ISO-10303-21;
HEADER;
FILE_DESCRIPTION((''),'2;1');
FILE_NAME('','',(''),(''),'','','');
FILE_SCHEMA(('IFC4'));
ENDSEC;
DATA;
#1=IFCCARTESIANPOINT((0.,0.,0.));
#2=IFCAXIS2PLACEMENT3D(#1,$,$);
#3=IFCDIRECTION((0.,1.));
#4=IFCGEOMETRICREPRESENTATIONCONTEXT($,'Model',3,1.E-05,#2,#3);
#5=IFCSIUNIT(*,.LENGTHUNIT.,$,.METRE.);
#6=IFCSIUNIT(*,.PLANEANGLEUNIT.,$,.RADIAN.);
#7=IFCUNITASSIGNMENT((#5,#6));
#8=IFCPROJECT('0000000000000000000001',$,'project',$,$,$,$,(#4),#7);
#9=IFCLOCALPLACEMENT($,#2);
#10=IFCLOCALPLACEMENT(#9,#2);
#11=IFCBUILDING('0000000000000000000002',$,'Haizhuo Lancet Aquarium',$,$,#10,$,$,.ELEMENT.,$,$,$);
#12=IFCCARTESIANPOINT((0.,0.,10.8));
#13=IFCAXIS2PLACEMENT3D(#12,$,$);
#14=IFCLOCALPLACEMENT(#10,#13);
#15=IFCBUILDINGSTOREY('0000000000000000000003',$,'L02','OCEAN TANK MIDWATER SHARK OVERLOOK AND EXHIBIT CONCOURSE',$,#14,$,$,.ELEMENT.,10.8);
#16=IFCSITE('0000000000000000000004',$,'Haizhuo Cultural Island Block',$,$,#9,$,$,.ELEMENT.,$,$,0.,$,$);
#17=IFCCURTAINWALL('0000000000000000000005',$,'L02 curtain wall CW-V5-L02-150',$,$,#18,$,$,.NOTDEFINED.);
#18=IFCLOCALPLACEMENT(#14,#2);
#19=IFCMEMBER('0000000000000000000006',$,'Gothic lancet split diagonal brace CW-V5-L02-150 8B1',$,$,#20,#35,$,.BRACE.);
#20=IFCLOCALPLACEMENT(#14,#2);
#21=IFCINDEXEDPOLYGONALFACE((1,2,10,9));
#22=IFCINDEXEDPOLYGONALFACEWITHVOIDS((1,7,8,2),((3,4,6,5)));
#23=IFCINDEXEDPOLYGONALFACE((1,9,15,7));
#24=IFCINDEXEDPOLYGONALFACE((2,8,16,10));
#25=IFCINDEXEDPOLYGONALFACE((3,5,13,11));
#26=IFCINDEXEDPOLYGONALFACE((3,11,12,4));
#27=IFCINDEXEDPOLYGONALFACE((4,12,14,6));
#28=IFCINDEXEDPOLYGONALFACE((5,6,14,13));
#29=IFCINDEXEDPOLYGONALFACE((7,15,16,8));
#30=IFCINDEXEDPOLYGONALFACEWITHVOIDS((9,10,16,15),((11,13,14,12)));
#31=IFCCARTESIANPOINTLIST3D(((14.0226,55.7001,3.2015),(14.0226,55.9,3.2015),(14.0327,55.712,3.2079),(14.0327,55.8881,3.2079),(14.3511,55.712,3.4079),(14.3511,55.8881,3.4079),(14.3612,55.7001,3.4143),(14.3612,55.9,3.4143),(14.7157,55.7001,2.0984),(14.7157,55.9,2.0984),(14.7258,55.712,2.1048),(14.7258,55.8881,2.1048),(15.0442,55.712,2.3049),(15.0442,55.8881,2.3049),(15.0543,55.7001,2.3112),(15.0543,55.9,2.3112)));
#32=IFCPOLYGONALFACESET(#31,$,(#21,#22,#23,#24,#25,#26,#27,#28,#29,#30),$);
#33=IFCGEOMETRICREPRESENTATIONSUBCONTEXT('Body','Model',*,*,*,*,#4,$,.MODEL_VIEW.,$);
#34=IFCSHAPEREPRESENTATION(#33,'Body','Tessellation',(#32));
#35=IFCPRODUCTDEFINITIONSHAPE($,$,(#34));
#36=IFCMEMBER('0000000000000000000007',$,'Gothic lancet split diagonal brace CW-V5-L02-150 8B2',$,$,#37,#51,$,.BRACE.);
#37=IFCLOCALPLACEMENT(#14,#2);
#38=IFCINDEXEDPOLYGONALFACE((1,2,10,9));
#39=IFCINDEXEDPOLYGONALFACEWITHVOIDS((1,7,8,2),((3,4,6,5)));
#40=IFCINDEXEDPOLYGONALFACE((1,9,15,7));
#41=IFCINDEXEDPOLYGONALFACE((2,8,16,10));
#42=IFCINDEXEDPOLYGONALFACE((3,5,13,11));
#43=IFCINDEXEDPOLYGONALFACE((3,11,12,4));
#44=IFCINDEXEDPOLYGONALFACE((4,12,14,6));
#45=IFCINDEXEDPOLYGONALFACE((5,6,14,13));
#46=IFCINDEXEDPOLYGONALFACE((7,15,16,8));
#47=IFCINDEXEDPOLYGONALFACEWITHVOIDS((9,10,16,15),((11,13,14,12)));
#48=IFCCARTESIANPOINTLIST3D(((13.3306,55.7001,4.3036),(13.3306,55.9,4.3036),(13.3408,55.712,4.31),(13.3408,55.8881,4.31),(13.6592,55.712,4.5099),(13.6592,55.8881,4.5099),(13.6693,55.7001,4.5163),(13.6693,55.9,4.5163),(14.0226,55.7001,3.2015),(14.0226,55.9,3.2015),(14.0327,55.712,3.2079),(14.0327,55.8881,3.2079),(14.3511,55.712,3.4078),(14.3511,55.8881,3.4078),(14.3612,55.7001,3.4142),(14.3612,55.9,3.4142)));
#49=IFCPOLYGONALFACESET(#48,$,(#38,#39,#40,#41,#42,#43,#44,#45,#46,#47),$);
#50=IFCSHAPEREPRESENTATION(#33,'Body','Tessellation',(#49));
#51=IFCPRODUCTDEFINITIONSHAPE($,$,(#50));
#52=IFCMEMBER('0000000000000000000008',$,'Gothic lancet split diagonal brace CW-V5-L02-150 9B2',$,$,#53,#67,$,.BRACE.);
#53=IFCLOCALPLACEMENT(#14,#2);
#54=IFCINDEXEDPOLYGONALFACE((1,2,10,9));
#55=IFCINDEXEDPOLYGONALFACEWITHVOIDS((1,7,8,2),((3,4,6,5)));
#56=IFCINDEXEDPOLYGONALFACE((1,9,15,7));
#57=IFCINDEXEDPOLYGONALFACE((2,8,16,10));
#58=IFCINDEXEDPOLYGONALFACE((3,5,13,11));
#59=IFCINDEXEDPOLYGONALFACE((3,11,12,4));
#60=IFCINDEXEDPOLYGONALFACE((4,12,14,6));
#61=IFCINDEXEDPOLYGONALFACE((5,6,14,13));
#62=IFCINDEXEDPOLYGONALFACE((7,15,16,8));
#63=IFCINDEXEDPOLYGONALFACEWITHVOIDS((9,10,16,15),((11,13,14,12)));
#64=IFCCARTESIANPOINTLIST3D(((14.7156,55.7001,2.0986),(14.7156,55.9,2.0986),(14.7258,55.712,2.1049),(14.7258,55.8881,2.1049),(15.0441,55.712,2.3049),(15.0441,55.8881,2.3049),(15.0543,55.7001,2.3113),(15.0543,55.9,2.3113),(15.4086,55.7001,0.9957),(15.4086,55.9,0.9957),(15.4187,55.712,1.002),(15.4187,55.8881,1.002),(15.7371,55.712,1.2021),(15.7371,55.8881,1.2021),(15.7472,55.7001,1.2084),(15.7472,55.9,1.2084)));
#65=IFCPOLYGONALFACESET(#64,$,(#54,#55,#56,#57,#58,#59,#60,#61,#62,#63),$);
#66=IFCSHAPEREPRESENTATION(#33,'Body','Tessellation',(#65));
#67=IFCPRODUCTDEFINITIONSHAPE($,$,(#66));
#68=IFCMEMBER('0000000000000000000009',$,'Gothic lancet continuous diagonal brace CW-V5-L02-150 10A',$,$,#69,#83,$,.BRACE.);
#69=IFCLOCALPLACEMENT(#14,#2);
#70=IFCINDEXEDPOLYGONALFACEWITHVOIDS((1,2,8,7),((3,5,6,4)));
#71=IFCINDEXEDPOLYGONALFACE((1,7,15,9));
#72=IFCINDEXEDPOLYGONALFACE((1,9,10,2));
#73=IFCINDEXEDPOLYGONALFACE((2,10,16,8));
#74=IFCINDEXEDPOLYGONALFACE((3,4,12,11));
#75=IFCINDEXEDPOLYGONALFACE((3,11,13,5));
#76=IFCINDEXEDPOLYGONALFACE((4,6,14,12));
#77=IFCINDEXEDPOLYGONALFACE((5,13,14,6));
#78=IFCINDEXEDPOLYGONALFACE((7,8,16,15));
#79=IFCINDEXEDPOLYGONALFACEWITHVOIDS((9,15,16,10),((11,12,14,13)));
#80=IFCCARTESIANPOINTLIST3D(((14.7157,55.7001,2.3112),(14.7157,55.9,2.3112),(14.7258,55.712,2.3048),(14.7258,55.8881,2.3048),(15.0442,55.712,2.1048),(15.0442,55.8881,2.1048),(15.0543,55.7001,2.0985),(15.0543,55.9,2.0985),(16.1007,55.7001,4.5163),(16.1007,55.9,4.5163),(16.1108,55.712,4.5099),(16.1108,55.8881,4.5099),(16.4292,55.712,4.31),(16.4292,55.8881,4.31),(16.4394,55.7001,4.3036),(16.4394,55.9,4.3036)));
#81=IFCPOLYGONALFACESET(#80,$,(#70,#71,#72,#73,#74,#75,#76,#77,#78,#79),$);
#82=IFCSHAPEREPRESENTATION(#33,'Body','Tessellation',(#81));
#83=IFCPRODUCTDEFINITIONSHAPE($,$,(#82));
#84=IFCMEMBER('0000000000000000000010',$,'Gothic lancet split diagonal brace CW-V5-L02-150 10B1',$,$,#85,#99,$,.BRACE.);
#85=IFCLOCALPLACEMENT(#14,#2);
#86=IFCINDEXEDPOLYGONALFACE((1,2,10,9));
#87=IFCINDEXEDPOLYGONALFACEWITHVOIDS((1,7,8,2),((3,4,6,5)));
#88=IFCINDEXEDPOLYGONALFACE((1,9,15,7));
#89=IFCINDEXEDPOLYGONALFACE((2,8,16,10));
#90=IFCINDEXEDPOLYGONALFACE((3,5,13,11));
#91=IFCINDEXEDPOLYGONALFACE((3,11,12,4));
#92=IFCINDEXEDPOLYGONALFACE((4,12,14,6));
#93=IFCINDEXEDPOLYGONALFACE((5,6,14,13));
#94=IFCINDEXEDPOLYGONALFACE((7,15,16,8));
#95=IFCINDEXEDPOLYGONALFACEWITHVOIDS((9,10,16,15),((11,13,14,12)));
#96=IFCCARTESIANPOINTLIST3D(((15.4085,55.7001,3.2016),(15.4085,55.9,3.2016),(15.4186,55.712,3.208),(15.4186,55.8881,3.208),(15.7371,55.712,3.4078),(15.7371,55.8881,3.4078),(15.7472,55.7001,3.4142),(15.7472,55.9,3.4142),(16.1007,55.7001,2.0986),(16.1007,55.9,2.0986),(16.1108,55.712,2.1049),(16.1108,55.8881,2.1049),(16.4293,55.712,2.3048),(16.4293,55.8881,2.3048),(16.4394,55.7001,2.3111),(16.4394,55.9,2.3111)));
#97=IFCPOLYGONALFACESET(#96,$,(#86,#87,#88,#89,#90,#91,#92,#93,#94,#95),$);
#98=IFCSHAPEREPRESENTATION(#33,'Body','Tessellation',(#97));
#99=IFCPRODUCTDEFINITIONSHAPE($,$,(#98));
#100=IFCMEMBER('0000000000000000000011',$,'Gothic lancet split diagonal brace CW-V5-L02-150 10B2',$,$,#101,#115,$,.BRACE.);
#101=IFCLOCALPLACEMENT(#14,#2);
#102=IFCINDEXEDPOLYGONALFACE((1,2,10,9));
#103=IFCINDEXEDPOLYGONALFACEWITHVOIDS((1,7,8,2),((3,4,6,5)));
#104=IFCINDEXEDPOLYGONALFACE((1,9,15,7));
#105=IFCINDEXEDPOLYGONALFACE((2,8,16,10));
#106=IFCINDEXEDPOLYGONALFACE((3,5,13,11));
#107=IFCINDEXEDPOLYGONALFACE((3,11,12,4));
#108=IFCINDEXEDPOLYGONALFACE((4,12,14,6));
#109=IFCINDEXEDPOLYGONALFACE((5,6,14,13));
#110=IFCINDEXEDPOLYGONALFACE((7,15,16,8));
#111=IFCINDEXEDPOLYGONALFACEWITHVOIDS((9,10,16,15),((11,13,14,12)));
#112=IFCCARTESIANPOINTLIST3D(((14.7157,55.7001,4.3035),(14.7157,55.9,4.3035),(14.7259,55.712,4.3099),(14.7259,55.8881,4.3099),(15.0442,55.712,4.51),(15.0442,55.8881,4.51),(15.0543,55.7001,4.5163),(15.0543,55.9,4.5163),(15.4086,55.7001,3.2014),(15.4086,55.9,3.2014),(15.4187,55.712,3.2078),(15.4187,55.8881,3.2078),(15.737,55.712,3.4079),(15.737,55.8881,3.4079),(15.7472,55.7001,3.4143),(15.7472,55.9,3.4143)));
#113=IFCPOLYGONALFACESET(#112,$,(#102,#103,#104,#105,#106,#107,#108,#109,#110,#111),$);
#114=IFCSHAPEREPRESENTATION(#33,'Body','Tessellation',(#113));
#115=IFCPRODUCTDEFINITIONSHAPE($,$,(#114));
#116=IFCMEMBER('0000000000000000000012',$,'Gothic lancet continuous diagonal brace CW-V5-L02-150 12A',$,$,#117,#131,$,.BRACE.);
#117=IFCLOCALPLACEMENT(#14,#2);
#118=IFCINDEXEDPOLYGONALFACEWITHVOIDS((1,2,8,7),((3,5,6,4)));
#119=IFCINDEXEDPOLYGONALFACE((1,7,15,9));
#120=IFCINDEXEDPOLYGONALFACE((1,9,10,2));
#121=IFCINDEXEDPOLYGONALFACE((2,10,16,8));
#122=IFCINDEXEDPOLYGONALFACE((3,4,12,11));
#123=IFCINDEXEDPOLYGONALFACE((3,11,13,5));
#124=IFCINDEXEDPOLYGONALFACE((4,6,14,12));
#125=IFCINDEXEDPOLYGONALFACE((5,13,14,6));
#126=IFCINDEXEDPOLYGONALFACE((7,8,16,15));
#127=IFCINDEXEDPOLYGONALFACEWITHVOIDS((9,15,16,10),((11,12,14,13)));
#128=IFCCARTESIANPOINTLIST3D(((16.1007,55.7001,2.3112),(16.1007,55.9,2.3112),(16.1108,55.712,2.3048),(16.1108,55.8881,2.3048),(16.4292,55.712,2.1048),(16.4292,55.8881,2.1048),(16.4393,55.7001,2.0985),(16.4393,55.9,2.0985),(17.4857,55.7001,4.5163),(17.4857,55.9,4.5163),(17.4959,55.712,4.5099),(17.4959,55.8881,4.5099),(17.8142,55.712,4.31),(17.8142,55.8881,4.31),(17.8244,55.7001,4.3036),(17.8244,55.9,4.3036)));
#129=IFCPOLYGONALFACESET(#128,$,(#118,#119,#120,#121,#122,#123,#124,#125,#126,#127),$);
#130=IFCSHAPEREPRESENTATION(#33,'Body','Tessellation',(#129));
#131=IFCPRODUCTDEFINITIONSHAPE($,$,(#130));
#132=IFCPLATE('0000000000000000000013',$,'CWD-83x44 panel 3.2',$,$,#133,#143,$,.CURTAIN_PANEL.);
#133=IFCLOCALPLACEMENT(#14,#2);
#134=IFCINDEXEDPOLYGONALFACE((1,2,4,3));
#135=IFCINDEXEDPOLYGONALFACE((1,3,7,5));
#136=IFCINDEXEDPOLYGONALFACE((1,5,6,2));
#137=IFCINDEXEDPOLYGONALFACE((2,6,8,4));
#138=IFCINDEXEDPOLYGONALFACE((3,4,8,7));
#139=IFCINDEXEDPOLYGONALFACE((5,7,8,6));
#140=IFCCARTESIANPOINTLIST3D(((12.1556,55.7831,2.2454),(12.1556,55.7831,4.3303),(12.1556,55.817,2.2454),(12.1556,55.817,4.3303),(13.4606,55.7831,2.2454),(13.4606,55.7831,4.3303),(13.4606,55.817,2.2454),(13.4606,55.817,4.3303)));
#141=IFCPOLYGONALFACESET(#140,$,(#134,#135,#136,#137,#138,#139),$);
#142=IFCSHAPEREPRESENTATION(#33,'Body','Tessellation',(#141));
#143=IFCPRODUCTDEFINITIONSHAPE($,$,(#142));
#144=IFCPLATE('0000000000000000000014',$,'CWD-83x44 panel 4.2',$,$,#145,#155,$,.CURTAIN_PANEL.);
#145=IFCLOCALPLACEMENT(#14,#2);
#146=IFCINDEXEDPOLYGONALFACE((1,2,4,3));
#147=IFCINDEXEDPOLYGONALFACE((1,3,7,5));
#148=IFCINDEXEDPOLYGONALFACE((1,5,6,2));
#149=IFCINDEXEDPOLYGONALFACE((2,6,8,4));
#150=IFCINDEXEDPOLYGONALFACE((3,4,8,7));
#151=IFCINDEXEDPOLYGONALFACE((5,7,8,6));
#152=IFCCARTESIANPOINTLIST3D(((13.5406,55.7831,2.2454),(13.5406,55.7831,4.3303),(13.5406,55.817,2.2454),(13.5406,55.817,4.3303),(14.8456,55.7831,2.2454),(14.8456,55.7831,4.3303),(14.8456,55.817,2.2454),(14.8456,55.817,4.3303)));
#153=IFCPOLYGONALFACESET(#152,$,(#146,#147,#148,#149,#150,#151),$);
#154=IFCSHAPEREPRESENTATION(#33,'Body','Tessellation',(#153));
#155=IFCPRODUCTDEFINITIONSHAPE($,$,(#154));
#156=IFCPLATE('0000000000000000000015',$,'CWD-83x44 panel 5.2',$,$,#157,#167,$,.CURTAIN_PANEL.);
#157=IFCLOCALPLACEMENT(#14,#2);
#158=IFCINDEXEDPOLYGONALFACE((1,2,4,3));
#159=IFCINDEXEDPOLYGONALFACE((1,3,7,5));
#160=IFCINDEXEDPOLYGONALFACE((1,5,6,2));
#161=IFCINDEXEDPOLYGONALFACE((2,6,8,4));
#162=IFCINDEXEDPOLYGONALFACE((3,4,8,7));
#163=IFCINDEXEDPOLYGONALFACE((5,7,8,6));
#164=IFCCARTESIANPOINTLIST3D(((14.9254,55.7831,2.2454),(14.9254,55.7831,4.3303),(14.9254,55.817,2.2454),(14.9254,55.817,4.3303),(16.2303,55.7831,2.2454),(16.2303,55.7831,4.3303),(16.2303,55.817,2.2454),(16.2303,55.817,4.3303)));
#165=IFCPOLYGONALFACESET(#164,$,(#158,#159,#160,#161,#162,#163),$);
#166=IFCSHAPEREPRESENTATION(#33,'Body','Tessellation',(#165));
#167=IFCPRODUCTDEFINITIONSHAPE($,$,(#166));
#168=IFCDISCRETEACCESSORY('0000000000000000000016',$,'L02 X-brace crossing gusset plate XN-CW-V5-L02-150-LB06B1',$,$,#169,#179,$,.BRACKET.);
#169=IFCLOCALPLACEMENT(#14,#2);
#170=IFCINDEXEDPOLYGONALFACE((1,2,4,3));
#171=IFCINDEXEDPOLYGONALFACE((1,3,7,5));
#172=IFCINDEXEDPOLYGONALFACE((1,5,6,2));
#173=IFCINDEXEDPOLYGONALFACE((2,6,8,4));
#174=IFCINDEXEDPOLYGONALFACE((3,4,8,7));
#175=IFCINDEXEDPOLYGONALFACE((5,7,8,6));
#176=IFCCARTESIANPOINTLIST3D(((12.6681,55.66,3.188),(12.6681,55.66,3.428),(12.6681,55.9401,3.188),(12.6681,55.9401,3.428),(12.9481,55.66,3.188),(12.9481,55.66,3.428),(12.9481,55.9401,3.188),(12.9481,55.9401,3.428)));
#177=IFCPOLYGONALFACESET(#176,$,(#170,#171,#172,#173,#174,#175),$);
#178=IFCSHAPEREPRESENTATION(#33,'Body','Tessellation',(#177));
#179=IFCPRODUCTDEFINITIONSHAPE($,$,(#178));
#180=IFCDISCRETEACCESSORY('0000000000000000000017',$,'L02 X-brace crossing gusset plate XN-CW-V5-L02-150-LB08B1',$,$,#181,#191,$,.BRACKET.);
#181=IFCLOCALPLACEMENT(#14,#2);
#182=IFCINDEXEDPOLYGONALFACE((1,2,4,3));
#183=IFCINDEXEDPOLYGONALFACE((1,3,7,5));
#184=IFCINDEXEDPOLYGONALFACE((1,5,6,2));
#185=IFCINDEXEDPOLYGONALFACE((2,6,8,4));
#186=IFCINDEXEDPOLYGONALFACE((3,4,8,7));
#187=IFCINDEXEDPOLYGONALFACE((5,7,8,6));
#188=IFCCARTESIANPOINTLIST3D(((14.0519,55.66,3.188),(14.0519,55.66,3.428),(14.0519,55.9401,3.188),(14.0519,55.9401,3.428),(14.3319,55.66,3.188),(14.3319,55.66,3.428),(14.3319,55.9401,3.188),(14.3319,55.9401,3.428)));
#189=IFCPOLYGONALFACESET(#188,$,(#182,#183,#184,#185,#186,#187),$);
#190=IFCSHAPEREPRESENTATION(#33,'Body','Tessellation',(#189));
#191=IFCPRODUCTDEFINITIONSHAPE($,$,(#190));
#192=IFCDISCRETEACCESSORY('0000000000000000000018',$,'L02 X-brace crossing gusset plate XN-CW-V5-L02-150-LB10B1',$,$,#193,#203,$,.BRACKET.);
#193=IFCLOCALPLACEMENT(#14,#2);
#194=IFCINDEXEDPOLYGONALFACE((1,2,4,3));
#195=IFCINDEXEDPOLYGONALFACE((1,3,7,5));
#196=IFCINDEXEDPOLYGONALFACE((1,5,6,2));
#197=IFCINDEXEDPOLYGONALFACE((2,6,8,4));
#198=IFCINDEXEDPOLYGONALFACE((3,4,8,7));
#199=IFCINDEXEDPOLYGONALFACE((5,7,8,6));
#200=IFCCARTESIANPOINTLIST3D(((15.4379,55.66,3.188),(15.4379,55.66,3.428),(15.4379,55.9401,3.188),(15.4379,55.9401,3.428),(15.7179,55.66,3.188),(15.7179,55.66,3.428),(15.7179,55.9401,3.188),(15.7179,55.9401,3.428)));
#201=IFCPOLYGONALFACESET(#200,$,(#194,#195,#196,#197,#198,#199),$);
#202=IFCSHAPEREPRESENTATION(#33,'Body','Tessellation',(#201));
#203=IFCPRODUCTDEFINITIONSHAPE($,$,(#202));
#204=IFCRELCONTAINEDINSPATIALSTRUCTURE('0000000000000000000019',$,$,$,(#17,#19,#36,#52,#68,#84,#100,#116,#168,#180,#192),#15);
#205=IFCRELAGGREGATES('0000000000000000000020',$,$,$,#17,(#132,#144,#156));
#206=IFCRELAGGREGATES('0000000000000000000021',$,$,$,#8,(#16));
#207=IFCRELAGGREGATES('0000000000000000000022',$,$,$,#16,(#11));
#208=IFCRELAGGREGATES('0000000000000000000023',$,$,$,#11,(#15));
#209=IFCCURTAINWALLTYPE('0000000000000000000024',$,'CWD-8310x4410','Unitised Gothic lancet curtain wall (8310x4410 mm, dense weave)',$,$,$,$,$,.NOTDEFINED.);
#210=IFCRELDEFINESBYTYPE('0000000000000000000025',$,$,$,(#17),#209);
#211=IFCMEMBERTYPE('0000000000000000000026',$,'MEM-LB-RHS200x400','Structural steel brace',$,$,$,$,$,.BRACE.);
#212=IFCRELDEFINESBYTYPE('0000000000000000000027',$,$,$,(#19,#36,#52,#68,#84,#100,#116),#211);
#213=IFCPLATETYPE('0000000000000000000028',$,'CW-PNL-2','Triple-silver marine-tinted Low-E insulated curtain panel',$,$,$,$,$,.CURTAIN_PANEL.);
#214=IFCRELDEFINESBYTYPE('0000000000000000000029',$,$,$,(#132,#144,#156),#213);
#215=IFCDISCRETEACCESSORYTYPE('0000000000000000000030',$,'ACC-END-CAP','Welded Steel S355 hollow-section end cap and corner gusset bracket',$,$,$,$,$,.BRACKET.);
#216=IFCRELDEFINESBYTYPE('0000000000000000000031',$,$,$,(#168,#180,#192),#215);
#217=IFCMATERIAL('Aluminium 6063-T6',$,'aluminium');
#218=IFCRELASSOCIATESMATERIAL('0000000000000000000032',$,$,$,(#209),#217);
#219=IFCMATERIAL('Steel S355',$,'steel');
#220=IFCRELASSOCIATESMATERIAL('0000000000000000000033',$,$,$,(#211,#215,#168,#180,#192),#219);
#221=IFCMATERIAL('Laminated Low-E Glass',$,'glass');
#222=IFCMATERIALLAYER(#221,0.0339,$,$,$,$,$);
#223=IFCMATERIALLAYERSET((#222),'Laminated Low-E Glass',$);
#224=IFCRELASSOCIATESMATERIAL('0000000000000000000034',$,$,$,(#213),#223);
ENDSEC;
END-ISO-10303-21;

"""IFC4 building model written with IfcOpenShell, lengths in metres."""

from ifc_helpers import new_model, si_unit, direction, frame, origin, origin_2d, place, context, subcontext, project, spatial, rectangle, hollow_rectangle, extrude, material, layer, layer_set, material_profile, profile_set, type_object, element, aggregate, save


model = new_model("IFC4")

# Units and contexts
model_context = context("Model", 3, precision=1e-05, world=origin(), true_north=direction((0.0, 1.0)))
body_context = subcontext(model_context, "Body", "Model", "MODEL_VIEW")
ifc_project = project(units=[si_unit("LENGTHUNIT", "METRE"), si_unit("PLANEANGLEUNIT", "RADIAN")], contexts=[model_context])

# Site, building, storey
site_placement = place(None, origin())
site = spatial("IfcSite", under=ifc_project, at=site_placement, Name="Haizhuo Cultural Island Block", CompositionType="ELEMENT", RefElevation=0.0)
building_placement = place(site_placement, origin())
building = spatial("IfcBuilding", under=site, at=building_placement, Name="Haizhuo Lancet Aquarium", CompositionType="ELEMENT")
storey_placement = place(building_placement, frame((0.0, 0.0, 10.8)))
storey = spatial("IfcBuildingStorey", under=building, at=storey_placement, Name="L02", Description="OCEAN TANK MIDWATER SHARK OVERLOOK AND EXHIBIT CONCOURSE", CompositionType="ELEMENT", Elevation=10.8)

# Curtain wall
ifc_material_1 = material(Name="Aluminium 6063-T6", Category="aluminium")
curtain_wall_type = type_object("IfcCurtainWallType", Name="CWD-8310x4410", Description="Unitised Gothic lancet curtain wall (8310x4410 mm, dense weave)", PredefinedType="NOTDEFINED", material=ifc_material_1)
curtain_wall_placement = place(storey_placement, origin())
curtain_wall = element("IfcCurtainWall", 1, at=curtain_wall_placement, inside=storey, type_object=curtain_wall_type, Name="L02 curtain wall CW-V5-L02-150", PredefinedType="NOTDEFINED")

# Members
ifc_material_2 = material(Name="Steel S355", Category="steel")
ifc_material_profile_1 = material_profile(ifc_material_2, hollow_rectangle(XDim=0.2, YDim=0.3999, WallThickness=0.012, at=origin_2d()), Name="RHS 200x400x12")
ifc_profile_set_1 = profile_set([ifc_material_profile_1], Name="Steel S355")
member_type_1 = type_object("IfcMemberType", Name="MEM-LB-RHS200x400", Description="Structural steel brace", PredefinedType="BRACE", material=ifc_profile_set_1)
member_1_placement = place(storey_placement, frame((14.885, 55.8, 2.2048), z_axis=(-0.532053, 0.0, 0.846711), x_axis=(0.0, -1.0, 0.0)))
element("IfcMember", 2, at=member_1_placement, inside=storey, type_object=member_type_1, Name="Gothic lancet split diagonal brace CW-V5-L02-150 8B1", PredefinedType="BRACE", context=body_context, shape_type="SweptSolid", body=[
    extrude(hollow_rectangle(XDim=0.2, YDim=0.3999, WallThickness=0.012, at=origin_2d()), origin(), (0.0, 0.0, 1.0), 1.3027),
])
member_2_placement = place(storey_placement, frame((14.1919, 55.8, 3.3079), z_axis=(-0.531718, 0.0, 0.846921), x_axis=(0.0, -1.0, 0.0)))
element("IfcMember", 3, at=member_2_placement, inside=storey, type_object=member_type_1, Name="Gothic lancet split diagonal brace CW-V5-L02-150 8B2", PredefinedType="BRACE", context=body_context, shape_type="SweptSolid", body=[
    extrude(hollow_rectangle(XDim=0.2, YDim=0.3999, WallThickness=0.012, at=origin_2d()), origin(), (0.0, 0.0, 1.0), 1.3013),
])
member_3_placement = place(storey_placement, frame((15.5779, 55.8, 1.1021), z_axis=(-0.532003, 0.0, 0.846743), x_axis=(0.0, -1.0, 0.0)))
element("IfcMember", 4, at=member_3_placement, inside=storey, type_object=member_type_1, Name="Gothic lancet split diagonal brace CW-V5-L02-150 9B2", PredefinedType="BRACE", context=body_context, shape_type="SweptSolid", body=[
    extrude(hollow_rectangle(XDim=0.2, YDim=0.3999, WallThickness=0.012, at=origin_2d()), origin(), (0.0, 0.0, 1.0), 1.3025),
])
member_4_placement = place(storey_placement, frame((14.885, 55.8, 2.2048), z_axis=(0.531885, 0.0, 0.846816), x_axis=(0.0, 1.0, 0.0)))
element("IfcMember", 5, at=member_4_placement, inside=storey, type_object=member_type_1, Name="Gothic lancet continuous diagonal brace CW-V5-L02-150 10A", PredefinedType="BRACE", context=body_context, shape_type="SweptSolid", body=[
    extrude(hollow_rectangle(XDim=0.2, YDim=0.3999, WallThickness=0.012, at=origin_2d()), origin(), (0.0, 0.0, 1.0), 2.604),
])
member_5_placement = place(storey_placement, frame((16.27, 55.8, 2.2048), z_axis=(-0.531515, 0.0, 0.847049), x_axis=(0.0, -1.0, 0.0)))
element("IfcMember", 6, at=member_5_placement, inside=storey, type_object=member_type_1, Name="Gothic lancet split diagonal brace CW-V5-L02-150 10B1", PredefinedType="BRACE", context=body_context, shape_type="SweptSolid", body=[
    extrude(hollow_rectangle(XDim=0.2, YDim=0.3999, WallThickness=0.012, at=origin_2d()), origin(), (0.0, 0.0, 1.0), 1.3022),
])
member_6_placement = place(storey_placement, frame((15.5779, 55.8, 3.3079), z_axis=(-0.532256, 0.0, 0.846583), x_axis=(0.0, -1.0, 0.0)))
element("IfcMember", 7, at=member_6_placement, inside=storey, type_object=member_type_1, Name="Gothic lancet split diagonal brace CW-V5-L02-150 10B2", PredefinedType="BRACE", context=body_context, shape_type="SweptSolid", body=[
    extrude(hollow_rectangle(XDim=0.2, YDim=0.3999, WallThickness=0.012, at=origin_2d()), origin(), (0.0, 0.0, 1.0), 1.3018),
])
member_7_placement = place(storey_placement, frame((16.27, 55.8, 2.2048), z_axis=(0.531885, 0.0, 0.846816), x_axis=(0.0, 1.0, 0.0)))
element("IfcMember", 8, at=member_7_placement, inside=storey, type_object=member_type_1, Name="Gothic lancet continuous diagonal brace CW-V5-L02-150 12A", PredefinedType="BRACE", context=body_context, shape_type="SweptSolid", body=[
    extrude(hollow_rectangle(XDim=0.2, YDim=0.3999, WallThickness=0.012, at=origin_2d()), origin(), (0.0, 0.0, 1.0), 2.604),
])

# Plates
ifc_material_3 = material(Name="Laminated Low-E Glass", Category="glass")
ifc_layer = layer(ifc_material_3, 0.0339)
ifc_layer_set = layer_set([ifc_layer], Name="Laminated Low-E Glass")
plate_type = type_object("IfcPlateType", Name="CW-PNL-2", Description="Triple-silver marine-tinted Low-E insulated curtain panel", PredefinedType="CURTAIN_PANEL", material=ifc_layer_set)
plate_1_placement = place(storey_placement, frame((12.8081, 55.8, 2.2454), z_axis=(0.0, 0.0, 1.0), x_axis=(1.0, 0.0, 0.0)))
plate_1 = element("IfcPlate", 9, at=plate_1_placement, type_object=plate_type, Name="CWD-83x44 panel 3.2", PredefinedType="CURTAIN_PANEL", context=body_context, shape_type="SweptSolid", body=[
    extrude(rectangle(XDim=1.3049, YDim=0.0339, at=origin_2d()), origin(), (0.0, 0.0, 1.0), 2.085),
])
plate_2_placement = place(storey_placement, frame((14.1931, 55.8, 2.2454), z_axis=(0.0, 0.0, 1.0), x_axis=(1.0, 0.0, 0.0)))
plate_2 = element("IfcPlate", 10, at=plate_2_placement, type_object=plate_type, Name="CWD-83x44 panel 4.2", PredefinedType="CURTAIN_PANEL", context=body_context, shape_type="SweptSolid", body=[
    extrude(rectangle(XDim=1.3049, YDim=0.0339, at=origin_2d()), origin(), (0.0, 0.0, 1.0), 2.085),
])
plate_3_placement = place(storey_placement, frame((15.5779, 55.8, 2.2454), z_axis=(0.0, 0.0, 1.0), x_axis=(1.0, 0.0, 0.0)))
plate_3 = element("IfcPlate", 11, at=plate_3_placement, type_object=plate_type, Name="CWD-83x44 panel 5.2", PredefinedType="CURTAIN_PANEL", context=body_context, shape_type="SweptSolid", body=[
    extrude(rectangle(XDim=1.3049, YDim=0.0339, at=origin_2d()), origin(), (0.0, 0.0, 1.0), 2.085),
])
aggregate(curtain_wall, [plate_1, plate_2, plate_3])

# Discrete accessories
discrete_accessory_type = type_object("IfcDiscreteAccessoryType", Name="ACC-END-CAP", Description="Welded Steel S355 hollow-section end cap and corner gusset bracket", PredefinedType="BRACKET", material=ifc_material_2)
for number, where, z_axis, x_axis, name in (
    (12, (12.8081, 55.8, 3.188), (0.0, 0.0, 1.0), (1.0, 0.0, 0.0), "L02 X-brace crossing gusset plate XN-CW-V5-L02-150-LB06B1"),
    (13, (14.1919, 55.8, 3.188), (0.0, 0.0, 1.0), (1.0, 0.0, 0.0), "L02 X-brace crossing gusset plate XN-CW-V5-L02-150-LB08B1"),
    (14, (15.5779, 55.8, 3.188), (0.0, 0.0, 1.0), (1.0, 0.0, 0.0), "L02 X-brace crossing gusset plate XN-CW-V5-L02-150-LB10B1"),
):
    element("IfcDiscreteAccessory", number, at=place(storey_placement, frame(where, z_axis=z_axis, x_axis=x_axis)), inside=storey, type_object=discrete_accessory_type, material=ifc_material_2, Name=name, PredefinedType="BRACKET", context=body_context, shape_type="SweptSolid", body=[
        extrude(rectangle(XDim=0.28, YDim=0.28, at=origin_2d()), origin(), (0.0, 0.0, 1.0), 0.24),
    ])

save(model, "model.ifc")
